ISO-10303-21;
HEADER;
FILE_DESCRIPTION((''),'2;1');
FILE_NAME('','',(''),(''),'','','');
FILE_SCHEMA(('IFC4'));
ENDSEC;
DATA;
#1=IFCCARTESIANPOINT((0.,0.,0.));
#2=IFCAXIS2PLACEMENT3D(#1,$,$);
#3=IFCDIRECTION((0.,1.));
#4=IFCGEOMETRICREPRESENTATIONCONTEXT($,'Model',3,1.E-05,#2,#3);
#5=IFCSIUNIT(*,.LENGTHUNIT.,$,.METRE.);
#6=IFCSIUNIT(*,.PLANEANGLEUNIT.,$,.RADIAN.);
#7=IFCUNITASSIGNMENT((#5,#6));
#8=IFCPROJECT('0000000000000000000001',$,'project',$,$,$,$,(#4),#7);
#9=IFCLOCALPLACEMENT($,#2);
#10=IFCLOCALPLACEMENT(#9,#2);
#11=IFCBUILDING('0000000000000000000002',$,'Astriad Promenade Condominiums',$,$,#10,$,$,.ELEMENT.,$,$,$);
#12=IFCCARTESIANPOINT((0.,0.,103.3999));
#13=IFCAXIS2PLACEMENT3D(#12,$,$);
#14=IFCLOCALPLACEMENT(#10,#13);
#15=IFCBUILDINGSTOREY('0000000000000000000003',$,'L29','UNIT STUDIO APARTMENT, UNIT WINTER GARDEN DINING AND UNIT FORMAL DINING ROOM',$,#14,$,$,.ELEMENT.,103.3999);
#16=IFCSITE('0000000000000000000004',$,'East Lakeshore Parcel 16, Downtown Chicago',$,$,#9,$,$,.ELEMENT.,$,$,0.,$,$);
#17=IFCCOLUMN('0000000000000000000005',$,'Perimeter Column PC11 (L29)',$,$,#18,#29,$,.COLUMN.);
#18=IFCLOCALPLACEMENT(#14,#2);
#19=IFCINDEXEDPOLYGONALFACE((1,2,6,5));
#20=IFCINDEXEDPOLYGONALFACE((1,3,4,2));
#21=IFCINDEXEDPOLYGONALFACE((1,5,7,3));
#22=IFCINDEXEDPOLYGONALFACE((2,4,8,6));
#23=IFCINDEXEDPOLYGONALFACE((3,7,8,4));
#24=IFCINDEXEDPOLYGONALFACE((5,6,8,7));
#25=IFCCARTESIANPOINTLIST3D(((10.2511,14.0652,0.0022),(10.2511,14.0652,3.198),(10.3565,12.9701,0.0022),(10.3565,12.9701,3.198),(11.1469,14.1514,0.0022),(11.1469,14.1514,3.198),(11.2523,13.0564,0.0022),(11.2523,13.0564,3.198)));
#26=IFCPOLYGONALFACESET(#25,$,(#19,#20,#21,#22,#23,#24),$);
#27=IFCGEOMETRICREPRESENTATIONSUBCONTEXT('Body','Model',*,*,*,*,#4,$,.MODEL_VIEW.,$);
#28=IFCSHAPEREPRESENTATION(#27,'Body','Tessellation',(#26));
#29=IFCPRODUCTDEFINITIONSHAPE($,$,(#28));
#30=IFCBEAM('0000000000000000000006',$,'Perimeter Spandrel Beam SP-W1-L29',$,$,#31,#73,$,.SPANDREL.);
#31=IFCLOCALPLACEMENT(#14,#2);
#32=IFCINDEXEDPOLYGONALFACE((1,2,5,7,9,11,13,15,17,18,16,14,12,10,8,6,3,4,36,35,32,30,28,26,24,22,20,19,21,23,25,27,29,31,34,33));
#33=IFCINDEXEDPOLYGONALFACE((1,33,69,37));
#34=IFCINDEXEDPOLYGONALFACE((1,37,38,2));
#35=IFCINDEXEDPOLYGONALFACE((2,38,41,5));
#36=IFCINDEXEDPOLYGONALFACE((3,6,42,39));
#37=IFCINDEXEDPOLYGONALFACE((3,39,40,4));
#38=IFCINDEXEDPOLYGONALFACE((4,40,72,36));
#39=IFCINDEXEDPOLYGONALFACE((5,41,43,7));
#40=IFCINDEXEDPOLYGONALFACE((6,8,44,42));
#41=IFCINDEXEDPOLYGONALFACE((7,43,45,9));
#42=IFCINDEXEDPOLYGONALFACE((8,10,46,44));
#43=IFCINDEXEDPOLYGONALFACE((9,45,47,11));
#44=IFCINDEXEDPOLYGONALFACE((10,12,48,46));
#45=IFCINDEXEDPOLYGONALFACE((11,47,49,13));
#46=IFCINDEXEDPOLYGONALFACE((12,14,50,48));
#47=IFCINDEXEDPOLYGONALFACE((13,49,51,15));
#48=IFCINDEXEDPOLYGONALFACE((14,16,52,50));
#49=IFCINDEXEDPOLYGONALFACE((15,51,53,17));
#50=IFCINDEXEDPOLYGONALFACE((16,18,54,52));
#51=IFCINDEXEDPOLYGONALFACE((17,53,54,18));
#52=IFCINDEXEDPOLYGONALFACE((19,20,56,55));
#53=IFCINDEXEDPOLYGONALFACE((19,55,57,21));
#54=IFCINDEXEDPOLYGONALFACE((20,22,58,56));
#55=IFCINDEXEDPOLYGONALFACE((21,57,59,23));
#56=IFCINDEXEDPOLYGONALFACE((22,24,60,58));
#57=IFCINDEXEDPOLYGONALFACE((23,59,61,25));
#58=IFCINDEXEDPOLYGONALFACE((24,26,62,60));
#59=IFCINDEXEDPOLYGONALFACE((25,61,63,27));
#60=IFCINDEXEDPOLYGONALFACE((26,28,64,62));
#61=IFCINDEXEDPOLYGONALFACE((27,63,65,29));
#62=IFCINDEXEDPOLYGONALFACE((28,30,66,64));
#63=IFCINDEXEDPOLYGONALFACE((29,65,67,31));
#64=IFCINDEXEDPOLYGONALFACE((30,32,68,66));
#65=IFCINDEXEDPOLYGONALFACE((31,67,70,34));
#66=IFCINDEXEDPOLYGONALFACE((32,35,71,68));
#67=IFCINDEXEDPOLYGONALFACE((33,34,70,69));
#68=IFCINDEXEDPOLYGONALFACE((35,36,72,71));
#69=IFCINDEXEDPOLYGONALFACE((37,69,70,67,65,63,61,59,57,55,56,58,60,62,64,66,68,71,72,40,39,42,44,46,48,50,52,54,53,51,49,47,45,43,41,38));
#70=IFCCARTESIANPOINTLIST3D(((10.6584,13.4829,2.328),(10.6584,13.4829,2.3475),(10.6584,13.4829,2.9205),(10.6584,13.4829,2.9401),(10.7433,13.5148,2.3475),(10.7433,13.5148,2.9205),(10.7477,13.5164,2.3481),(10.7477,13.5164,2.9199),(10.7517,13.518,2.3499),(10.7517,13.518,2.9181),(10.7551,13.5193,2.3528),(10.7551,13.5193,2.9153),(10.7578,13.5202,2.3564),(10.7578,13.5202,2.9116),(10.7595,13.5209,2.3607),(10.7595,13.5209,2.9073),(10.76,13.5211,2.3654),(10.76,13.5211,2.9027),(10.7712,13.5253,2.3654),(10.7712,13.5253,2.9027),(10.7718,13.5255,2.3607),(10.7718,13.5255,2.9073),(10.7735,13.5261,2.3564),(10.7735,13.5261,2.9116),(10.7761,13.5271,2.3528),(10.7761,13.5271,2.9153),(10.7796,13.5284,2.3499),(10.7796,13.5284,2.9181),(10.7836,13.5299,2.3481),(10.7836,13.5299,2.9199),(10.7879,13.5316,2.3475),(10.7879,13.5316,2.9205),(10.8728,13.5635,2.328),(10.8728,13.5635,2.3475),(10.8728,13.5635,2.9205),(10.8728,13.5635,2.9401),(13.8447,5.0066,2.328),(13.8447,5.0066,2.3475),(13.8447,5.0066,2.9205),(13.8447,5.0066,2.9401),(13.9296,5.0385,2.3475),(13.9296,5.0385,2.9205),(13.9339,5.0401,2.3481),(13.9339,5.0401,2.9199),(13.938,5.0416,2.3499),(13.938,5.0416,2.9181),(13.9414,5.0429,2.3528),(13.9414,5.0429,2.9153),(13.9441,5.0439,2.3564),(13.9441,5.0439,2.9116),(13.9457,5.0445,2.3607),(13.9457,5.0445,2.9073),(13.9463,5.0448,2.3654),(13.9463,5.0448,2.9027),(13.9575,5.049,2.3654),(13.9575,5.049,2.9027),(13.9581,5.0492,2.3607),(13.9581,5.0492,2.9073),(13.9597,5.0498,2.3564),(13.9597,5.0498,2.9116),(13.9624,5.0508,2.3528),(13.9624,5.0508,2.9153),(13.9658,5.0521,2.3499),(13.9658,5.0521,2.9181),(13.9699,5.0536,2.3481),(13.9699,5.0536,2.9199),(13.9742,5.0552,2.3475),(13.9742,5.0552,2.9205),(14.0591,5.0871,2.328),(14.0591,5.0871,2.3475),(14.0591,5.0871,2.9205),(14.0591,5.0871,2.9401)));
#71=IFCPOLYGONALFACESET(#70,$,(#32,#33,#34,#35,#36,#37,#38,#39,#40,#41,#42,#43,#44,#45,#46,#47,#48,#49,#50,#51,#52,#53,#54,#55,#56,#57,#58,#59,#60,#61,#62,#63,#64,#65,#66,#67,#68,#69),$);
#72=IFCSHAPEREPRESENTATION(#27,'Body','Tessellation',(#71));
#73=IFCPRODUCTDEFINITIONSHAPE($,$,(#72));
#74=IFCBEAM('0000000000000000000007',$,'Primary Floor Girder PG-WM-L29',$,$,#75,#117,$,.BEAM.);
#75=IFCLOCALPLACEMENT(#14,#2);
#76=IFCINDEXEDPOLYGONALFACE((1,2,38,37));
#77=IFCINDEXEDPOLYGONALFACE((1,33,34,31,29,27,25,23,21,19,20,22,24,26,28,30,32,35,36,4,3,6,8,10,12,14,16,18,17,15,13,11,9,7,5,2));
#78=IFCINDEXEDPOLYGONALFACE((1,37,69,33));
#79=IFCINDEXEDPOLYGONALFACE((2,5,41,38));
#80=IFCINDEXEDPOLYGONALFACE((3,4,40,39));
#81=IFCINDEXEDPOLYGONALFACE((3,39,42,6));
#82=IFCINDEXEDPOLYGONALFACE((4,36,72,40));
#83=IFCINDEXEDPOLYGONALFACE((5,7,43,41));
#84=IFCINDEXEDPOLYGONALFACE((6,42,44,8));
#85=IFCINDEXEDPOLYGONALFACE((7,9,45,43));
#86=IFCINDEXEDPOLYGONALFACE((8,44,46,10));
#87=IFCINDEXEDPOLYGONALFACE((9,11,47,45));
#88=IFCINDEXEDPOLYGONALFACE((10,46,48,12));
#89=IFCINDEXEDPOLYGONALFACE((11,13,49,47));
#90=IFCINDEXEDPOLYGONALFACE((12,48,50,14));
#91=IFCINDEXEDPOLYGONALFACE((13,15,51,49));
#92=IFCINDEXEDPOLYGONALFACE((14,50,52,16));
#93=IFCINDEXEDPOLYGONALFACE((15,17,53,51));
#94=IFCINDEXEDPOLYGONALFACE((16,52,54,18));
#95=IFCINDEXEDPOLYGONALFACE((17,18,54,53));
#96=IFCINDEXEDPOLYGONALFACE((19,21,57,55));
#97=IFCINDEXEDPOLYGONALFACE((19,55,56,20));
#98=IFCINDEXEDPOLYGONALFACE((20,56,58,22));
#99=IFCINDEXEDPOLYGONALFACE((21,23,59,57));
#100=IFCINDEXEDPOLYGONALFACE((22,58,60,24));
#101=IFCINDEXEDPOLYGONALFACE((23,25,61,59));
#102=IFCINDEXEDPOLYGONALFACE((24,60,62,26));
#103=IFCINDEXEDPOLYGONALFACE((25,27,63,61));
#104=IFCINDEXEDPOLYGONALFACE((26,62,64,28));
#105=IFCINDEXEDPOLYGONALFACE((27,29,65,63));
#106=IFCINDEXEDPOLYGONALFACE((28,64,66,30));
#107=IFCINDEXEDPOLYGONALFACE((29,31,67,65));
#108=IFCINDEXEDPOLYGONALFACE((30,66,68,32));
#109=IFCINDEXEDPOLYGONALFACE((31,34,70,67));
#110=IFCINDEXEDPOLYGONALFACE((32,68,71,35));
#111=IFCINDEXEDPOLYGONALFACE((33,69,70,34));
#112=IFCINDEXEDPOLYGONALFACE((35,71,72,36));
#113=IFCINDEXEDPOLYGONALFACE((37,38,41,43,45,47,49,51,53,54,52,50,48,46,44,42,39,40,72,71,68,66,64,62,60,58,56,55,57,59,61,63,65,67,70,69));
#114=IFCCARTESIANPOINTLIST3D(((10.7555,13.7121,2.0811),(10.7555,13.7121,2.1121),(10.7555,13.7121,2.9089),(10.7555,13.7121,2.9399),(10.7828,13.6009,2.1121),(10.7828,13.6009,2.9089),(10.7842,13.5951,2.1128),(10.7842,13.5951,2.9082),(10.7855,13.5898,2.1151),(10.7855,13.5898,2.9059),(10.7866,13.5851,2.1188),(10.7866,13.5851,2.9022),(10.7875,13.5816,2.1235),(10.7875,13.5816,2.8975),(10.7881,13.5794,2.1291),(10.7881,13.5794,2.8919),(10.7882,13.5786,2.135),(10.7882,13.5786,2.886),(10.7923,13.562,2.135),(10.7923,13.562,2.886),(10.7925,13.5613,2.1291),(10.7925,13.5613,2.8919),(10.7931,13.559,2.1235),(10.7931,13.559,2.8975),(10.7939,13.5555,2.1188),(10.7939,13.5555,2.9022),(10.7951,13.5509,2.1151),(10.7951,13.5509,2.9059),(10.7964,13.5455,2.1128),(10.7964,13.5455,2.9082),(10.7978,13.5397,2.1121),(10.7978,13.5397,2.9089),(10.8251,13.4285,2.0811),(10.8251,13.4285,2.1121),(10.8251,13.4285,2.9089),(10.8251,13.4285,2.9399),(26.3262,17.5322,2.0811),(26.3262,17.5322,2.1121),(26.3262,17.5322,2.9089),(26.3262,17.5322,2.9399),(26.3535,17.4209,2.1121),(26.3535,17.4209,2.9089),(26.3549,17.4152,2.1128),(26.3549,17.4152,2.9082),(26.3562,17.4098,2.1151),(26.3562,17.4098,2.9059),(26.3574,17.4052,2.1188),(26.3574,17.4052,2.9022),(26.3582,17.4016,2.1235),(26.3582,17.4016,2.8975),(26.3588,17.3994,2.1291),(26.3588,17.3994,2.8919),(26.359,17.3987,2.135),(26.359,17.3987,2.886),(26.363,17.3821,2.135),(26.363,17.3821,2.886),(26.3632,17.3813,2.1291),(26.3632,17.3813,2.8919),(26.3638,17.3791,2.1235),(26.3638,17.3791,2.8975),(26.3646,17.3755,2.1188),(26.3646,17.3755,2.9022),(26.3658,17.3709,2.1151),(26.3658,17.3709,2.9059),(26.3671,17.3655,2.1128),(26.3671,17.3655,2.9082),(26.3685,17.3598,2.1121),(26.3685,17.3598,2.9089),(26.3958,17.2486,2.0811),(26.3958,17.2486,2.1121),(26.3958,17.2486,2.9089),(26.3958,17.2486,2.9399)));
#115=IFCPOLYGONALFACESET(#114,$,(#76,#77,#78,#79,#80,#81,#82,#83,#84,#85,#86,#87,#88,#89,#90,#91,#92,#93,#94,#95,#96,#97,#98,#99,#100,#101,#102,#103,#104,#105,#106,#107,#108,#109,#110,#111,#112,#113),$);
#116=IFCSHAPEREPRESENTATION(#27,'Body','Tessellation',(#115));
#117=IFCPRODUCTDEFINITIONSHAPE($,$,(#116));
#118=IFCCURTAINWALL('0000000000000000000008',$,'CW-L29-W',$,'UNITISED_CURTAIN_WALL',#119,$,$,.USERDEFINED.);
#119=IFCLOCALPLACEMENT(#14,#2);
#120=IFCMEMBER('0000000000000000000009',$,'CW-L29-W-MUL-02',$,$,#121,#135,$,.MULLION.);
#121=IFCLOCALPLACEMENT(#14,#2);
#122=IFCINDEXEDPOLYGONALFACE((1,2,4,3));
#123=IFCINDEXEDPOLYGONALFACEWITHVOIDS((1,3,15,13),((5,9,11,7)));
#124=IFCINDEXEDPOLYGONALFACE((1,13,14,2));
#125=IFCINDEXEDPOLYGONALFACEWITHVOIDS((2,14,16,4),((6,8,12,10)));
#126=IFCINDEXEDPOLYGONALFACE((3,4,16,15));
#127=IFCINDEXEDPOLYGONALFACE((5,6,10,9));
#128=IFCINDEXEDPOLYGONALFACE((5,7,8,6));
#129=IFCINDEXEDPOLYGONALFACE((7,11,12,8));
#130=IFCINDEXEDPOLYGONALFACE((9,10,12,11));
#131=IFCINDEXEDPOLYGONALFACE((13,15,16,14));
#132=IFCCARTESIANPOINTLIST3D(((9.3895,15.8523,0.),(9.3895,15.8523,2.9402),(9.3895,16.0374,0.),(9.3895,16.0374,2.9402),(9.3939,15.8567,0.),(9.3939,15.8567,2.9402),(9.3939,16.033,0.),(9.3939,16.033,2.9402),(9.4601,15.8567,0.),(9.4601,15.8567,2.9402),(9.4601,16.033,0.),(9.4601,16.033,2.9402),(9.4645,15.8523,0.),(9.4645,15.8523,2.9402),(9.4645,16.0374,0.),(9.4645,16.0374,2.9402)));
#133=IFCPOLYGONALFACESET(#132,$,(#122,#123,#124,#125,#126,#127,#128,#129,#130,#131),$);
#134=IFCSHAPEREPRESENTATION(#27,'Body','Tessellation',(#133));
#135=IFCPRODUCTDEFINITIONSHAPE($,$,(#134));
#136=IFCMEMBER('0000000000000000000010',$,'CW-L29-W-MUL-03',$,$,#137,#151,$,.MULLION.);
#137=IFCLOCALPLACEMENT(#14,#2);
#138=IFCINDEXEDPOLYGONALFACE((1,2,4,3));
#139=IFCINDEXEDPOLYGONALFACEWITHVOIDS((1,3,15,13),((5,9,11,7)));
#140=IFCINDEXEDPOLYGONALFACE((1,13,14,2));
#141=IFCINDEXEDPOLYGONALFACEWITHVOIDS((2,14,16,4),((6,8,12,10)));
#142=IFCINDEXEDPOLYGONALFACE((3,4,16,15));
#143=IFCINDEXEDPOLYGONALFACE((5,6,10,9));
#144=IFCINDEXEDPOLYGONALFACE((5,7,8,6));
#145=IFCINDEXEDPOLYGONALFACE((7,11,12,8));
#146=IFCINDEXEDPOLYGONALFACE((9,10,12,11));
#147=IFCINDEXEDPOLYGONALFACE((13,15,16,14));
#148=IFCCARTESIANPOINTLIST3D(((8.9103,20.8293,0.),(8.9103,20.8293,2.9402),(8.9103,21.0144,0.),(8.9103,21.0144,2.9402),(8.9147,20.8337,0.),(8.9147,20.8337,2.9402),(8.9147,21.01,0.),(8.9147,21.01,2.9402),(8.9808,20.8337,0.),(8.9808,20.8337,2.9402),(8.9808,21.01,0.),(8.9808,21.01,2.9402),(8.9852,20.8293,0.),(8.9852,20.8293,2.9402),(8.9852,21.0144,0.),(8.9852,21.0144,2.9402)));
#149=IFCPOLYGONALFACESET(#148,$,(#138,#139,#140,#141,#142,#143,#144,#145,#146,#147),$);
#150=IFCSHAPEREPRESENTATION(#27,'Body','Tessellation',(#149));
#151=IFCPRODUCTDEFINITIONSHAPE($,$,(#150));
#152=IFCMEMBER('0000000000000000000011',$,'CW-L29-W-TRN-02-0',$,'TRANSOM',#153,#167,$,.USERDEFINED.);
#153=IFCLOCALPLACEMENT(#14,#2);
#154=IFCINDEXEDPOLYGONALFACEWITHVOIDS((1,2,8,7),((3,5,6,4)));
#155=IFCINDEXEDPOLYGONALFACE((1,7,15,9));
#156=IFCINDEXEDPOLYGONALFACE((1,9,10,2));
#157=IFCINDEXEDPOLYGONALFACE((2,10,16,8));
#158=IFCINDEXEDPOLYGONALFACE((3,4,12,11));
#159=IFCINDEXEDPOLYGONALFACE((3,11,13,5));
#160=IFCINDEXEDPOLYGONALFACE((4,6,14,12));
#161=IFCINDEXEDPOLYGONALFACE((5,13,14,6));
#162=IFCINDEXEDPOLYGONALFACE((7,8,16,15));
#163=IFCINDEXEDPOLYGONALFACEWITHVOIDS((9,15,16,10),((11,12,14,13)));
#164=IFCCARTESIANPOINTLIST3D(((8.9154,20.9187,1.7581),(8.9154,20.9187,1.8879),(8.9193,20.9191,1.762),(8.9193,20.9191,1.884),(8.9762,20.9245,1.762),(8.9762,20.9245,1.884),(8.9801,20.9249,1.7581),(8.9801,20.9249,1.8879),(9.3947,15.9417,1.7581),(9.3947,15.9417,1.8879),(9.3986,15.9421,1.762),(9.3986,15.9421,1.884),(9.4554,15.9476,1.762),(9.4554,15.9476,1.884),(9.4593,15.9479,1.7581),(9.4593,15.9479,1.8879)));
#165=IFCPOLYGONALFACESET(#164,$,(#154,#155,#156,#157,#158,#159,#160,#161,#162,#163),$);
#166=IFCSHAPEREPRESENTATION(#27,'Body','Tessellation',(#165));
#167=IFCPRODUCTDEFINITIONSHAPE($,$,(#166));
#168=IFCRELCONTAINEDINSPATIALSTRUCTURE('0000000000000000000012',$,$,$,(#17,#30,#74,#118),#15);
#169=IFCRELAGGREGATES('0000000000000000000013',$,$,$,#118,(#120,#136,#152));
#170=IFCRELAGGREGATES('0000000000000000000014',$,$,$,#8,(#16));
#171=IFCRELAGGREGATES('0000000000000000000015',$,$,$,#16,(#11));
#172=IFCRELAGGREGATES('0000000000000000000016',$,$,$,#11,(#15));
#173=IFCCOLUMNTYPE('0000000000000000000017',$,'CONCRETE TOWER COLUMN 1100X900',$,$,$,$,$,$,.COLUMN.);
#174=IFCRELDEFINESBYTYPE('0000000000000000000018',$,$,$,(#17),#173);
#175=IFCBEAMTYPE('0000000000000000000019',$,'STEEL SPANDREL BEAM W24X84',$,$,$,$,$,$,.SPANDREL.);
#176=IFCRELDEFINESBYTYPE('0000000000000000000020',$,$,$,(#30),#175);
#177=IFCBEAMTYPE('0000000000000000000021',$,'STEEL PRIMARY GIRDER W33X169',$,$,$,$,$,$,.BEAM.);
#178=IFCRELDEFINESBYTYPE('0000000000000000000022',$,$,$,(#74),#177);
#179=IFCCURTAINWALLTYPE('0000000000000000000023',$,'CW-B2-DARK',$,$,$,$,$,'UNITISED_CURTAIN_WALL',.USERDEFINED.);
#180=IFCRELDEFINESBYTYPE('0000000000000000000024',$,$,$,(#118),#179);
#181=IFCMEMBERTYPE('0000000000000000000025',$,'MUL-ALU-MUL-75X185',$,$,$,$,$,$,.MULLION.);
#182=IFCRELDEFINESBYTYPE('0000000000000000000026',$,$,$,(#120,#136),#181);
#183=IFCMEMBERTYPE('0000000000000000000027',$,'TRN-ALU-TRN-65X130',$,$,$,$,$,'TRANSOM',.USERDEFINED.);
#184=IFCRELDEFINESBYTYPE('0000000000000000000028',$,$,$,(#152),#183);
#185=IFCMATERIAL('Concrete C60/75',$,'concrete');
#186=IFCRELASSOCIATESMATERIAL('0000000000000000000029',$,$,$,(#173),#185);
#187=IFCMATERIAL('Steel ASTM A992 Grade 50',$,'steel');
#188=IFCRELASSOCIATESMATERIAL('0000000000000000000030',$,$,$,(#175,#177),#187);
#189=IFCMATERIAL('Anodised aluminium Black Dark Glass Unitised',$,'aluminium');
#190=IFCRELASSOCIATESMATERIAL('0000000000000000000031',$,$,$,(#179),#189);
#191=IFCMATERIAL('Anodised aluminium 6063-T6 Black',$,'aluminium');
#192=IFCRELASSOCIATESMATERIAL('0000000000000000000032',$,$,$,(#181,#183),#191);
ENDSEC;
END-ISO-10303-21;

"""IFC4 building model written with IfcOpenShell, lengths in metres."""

from ifc_helpers import new_model, si_unit, direction, frame, origin, origin_2d, place, context, subcontext, project, spatial, rectangle, hollow_rectangle, i_section, extrude, source, transform, mapped, material, material_profile, profile_set, type_object, type_shapes, element, aggregate, save


model = new_model("IFC4")

# Units and contexts
model_context = context("Model", 3, precision=1e-05, world=origin(), true_north=direction((0.0, 1.0)))
body_context = subcontext(model_context, "Body", "Model", "MODEL_VIEW")
ifc_project = project(units=[si_unit("LENGTHUNIT", "METRE"), si_unit("PLANEANGLEUNIT", "RADIAN")], contexts=[model_context])

# Site, building, storey
site_placement = place(None, origin())
site = spatial("IfcSite", under=ifc_project, at=site_placement, Name="East Lakeshore Parcel 16, Downtown Chicago", CompositionType="ELEMENT", RefElevation=0.0)
building_placement = place(site_placement, origin())
building = spatial("IfcBuilding", under=site, at=building_placement, Name="Astriad Promenade Condominiums", CompositionType="ELEMENT")
storey_placement = place(building_placement, frame((0.0, 0.0, 103.3999)))
storey = spatial("IfcBuildingStorey", under=building, at=storey_placement, Name="L29", Description="UNIT STUDIO APARTMENT, UNIT WINTER GARDEN DINING AND UNIT FORMAL DINING ROOM", CompositionType="ELEMENT", Elevation=103.3999)

# Column
ifc_material_1 = material(Name="Concrete C60/75", Category="concrete")
ifc_material_profile_1 = material_profile(ifc_material_1, rectangle(XDim=0.8999, YDim=1.1001, at=origin_2d()), Name="RC-COL-1100X900")
ifc_profile_set_1 = profile_set([ifc_material_profile_1], Name="Concrete C60/75")
column_type = type_object("IfcColumnType", Name="CONCRETE TOWER COLUMN 1100X900", PredefinedType="COLUMN", material=ifc_profile_set_1)
shared_shape_1 = source(origin(), body_context, "Body", "SweptSolid", [
    extrude(rectangle(XDim=0.8999, YDim=1.1001, at=origin_2d()), origin(), (0.0, 0.0, 1.0), 3.1958),
])
type_shapes(column_type, [shared_shape_1])
column_placement = place(storey_placement, frame((10.7517, 13.5608, 0.0022), z_axis=(0.0, 0.0, 1.0), x_axis=(0.995396, 0.095846, 0.0)))
element("IfcColumn", 1, at=column_placement, inside=storey, type_object=column_type, Name="Perimeter Column PC11 (L29)", PredefinedType="COLUMN", context=body_context, shape_type="MappedRepresentation", body=[
    mapped(shared_shape_1, transform((0.0, 0.0, 0.0), scale=1.0)),
])

# Beams
ifc_material_2 = material(Name="Steel ASTM A992 Grade 50", Category="steel")
ifc_material_profile_2 = material_profile(ifc_material_2, i_section(OverallWidth=0.229, OverallDepth=0.6121, WebThickness=0.012, FlangeThickness=0.0195, FilletRadius=0.0178, at=origin_2d()), Name="W24X84")
ifc_profile_set_2 = profile_set([ifc_material_profile_2], Name="Steel ASTM A992 Grade 50")
beam_type_1 = type_object("IfcBeamType", Name="STEEL SPANDREL BEAM W24X84", PredefinedType="SPANDREL", material=ifc_profile_set_2)
shared_shape_2 = source(origin(), body_context, "Body", "SweptSolid", [
    extrude(i_section(OverallWidth=0.229, OverallDepth=0.6121, WebThickness=0.012, FlangeThickness=0.0195, FilletRadius=0.0178, at=origin_2d()), origin(), (0.0, 0.0, 1.0), 9.0554),
])
type_shapes(beam_type_1, [shared_shape_2])
beam_1_placement = place(storey_placement, frame((10.7656, 13.5232, 2.634), z_axis=(0.351865, -0.936051, 0.0), x_axis=(0.936051, 0.351865, 0.0)))
element("IfcBeam", 2, at=beam_1_placement, inside=storey, type_object=beam_type_1, Name="Perimeter Spandrel Beam SP-W1-L29", PredefinedType="SPANDREL", context=body_context, shape_type="MappedRepresentation", body=[
    mapped(shared_shape_2, transform((0.0, 0.0, 0.0), scale=1.0)),
])
ifc_material_profile_3 = material_profile(ifc_material_2, i_section(OverallWidth=0.292, OverallDepth=0.8589, WebThickness=0.0171, FlangeThickness=0.031, FilletRadius=0.0229, at=origin_2d()), Name="W33X169")
ifc_profile_set_3 = profile_set([ifc_material_profile_3], Name="Steel ASTM A992 Grade 50")
beam_type_2 = type_object("IfcBeamType", Name="STEEL PRIMARY GIRDER W33X169", PredefinedType="BEAM", material=ifc_profile_set_3)
shared_shape_3 = source(origin(), body_context, "Body", "SweptSolid", [
    extrude(i_section(OverallWidth=0.292, OverallDepth=0.8589, WebThickness=0.0171, FlangeThickness=0.031, FilletRadius=0.0229, at=origin_2d()), origin(), (0.0, 0.0, 1.0), 16.0325),
])
type_shapes(beam_type_2, [shared_shape_3])
beam_2_placement = place(storey_placement, frame((10.7903, 13.5703, 2.5105), z_axis=(0.971199, 0.238269, 0.0), x_axis=(-0.238269, 0.971199, 0.0)))
element("IfcBeam", 3, at=beam_2_placement, inside=storey, type_object=beam_type_2, Name="Primary Floor Girder PG-WM-L29", PredefinedType="BEAM", context=body_context, shape_type="MappedRepresentation", body=[
    mapped(shared_shape_3, transform((0.0, 0.0, 0.0), scale=1.0)),
])

# Curtain wall, members
ifc_material_3 = material(Name="Anodised aluminium Black Dark Glass Unitised", Category="aluminium")
curtain_wall_type = type_object("IfcCurtainWallType", Name="CW-B2-DARK", ElementType="UNITISED_CURTAIN_WALL", PredefinedType="USERDEFINED", material=ifc_material_3)
curtain_wall_placement = place(storey_placement, origin())
curtain_wall = element("IfcCurtainWall", 4, at=curtain_wall_placement, inside=storey, type_object=curtain_wall_type, Name="CW-L29-W", ObjectType="UNITISED_CURTAIN_WALL", PredefinedType="USERDEFINED")
ifc_material_4 = material(Name="Anodised aluminium 6063-T6 Black", Category="aluminium")
ifc_material_profile_4 = material_profile(ifc_material_4, hollow_rectangle(XDim=0.075, YDim=0.1851, WallThickness=0.0044, at=origin_2d()), Name="ALU-MUL-75X185")
ifc_profile_set_4 = profile_set([ifc_material_profile_4], Name="Anodised aluminium 6063-T6 Black")
member_type_1 = type_object("IfcMemberType", Name="MUL-ALU-MUL-75X185", PredefinedType="MULLION", material=ifc_profile_set_4)
shared_shape_4 = source(origin(), body_context, "Body", "SweptSolid", [
    extrude(hollow_rectangle(XDim=0.075, YDim=0.1851, WallThickness=0.0044, at=origin_2d()), origin(), (0.0, 0.0, 1.0), 2.9402),
])
type_shapes(member_type_1, [shared_shape_4])
member_1_placement = place(storey_placement, frame((9.427, 15.9448, 0.0), z_axis=(0.0, 0.0, 1.0), x_axis=(1.0, 0.0, 0.0)))
member_1 = element("IfcMember", 5, at=member_1_placement, type_object=member_type_1, Name="CW-L29-W-MUL-02", PredefinedType="MULLION", context=body_context, shape_type="MappedRepresentation", body=[
    mapped(shared_shape_4, transform((0.0, 0.0, 0.0), scale=1.0)),
])
member_2_placement = place(storey_placement, frame((8.9478, 20.9219, 0.0), z_axis=(0.0, 0.0, 1.0), x_axis=(1.0, 0.0, 0.0)))
member_2 = element("IfcMember", 6, at=member_2_placement, type_object=member_type_1, Name="CW-L29-W-MUL-03", PredefinedType="MULLION", context=body_context, shape_type="MappedRepresentation", body=[
    mapped(shared_shape_4, transform((0.0, 0.0, 0.0), scale=1.0)),
])
ifc_material_profile_5 = material_profile(ifc_material_4, hollow_rectangle(XDim=0.0649, YDim=0.1299, WallThickness=0.0039, at=origin_2d()), Name="ALU-TRN-65X130")
ifc_profile_set_5 = profile_set([ifc_material_profile_5], Name="Anodised aluminium 6063-T6 Black")
member_type_2 = type_object("IfcMemberType", Name="TRN-ALU-TRN-65X130", ElementType="TRANSOM", PredefinedType="USERDEFINED", material=ifc_profile_set_5)
shared_shape_5 = source(origin(), body_context, "Body", "SweptSolid", [
    extrude(hollow_rectangle(XDim=0.0649, YDim=0.1299, WallThickness=0.0039, at=origin_2d()), origin(), (0.0, 0.0, 1.0), 5.0),
])
type_shapes(member_type_2, [shared_shape_5])
member_3_placement = place(storey_placement, frame((9.427, 15.9448, 1.823), z_axis=(-0.095848, 0.995396, 0.0), x_axis=(-0.995396, -0.095848, 0.0)))
member_3 = element("IfcMember", 7, at=member_3_placement, type_object=member_type_2, Name="CW-L29-W-TRN-02-0", ObjectType="TRANSOM", PredefinedType="USERDEFINED", context=body_context, shape_type="MappedRepresentation", body=[
    mapped(shared_shape_5, transform((0.0, 0.0, 0.0), scale=1.0)),
])
aggregate(curtain_wall, [member_1, member_2, member_3])

save(model, "model.ifc")
